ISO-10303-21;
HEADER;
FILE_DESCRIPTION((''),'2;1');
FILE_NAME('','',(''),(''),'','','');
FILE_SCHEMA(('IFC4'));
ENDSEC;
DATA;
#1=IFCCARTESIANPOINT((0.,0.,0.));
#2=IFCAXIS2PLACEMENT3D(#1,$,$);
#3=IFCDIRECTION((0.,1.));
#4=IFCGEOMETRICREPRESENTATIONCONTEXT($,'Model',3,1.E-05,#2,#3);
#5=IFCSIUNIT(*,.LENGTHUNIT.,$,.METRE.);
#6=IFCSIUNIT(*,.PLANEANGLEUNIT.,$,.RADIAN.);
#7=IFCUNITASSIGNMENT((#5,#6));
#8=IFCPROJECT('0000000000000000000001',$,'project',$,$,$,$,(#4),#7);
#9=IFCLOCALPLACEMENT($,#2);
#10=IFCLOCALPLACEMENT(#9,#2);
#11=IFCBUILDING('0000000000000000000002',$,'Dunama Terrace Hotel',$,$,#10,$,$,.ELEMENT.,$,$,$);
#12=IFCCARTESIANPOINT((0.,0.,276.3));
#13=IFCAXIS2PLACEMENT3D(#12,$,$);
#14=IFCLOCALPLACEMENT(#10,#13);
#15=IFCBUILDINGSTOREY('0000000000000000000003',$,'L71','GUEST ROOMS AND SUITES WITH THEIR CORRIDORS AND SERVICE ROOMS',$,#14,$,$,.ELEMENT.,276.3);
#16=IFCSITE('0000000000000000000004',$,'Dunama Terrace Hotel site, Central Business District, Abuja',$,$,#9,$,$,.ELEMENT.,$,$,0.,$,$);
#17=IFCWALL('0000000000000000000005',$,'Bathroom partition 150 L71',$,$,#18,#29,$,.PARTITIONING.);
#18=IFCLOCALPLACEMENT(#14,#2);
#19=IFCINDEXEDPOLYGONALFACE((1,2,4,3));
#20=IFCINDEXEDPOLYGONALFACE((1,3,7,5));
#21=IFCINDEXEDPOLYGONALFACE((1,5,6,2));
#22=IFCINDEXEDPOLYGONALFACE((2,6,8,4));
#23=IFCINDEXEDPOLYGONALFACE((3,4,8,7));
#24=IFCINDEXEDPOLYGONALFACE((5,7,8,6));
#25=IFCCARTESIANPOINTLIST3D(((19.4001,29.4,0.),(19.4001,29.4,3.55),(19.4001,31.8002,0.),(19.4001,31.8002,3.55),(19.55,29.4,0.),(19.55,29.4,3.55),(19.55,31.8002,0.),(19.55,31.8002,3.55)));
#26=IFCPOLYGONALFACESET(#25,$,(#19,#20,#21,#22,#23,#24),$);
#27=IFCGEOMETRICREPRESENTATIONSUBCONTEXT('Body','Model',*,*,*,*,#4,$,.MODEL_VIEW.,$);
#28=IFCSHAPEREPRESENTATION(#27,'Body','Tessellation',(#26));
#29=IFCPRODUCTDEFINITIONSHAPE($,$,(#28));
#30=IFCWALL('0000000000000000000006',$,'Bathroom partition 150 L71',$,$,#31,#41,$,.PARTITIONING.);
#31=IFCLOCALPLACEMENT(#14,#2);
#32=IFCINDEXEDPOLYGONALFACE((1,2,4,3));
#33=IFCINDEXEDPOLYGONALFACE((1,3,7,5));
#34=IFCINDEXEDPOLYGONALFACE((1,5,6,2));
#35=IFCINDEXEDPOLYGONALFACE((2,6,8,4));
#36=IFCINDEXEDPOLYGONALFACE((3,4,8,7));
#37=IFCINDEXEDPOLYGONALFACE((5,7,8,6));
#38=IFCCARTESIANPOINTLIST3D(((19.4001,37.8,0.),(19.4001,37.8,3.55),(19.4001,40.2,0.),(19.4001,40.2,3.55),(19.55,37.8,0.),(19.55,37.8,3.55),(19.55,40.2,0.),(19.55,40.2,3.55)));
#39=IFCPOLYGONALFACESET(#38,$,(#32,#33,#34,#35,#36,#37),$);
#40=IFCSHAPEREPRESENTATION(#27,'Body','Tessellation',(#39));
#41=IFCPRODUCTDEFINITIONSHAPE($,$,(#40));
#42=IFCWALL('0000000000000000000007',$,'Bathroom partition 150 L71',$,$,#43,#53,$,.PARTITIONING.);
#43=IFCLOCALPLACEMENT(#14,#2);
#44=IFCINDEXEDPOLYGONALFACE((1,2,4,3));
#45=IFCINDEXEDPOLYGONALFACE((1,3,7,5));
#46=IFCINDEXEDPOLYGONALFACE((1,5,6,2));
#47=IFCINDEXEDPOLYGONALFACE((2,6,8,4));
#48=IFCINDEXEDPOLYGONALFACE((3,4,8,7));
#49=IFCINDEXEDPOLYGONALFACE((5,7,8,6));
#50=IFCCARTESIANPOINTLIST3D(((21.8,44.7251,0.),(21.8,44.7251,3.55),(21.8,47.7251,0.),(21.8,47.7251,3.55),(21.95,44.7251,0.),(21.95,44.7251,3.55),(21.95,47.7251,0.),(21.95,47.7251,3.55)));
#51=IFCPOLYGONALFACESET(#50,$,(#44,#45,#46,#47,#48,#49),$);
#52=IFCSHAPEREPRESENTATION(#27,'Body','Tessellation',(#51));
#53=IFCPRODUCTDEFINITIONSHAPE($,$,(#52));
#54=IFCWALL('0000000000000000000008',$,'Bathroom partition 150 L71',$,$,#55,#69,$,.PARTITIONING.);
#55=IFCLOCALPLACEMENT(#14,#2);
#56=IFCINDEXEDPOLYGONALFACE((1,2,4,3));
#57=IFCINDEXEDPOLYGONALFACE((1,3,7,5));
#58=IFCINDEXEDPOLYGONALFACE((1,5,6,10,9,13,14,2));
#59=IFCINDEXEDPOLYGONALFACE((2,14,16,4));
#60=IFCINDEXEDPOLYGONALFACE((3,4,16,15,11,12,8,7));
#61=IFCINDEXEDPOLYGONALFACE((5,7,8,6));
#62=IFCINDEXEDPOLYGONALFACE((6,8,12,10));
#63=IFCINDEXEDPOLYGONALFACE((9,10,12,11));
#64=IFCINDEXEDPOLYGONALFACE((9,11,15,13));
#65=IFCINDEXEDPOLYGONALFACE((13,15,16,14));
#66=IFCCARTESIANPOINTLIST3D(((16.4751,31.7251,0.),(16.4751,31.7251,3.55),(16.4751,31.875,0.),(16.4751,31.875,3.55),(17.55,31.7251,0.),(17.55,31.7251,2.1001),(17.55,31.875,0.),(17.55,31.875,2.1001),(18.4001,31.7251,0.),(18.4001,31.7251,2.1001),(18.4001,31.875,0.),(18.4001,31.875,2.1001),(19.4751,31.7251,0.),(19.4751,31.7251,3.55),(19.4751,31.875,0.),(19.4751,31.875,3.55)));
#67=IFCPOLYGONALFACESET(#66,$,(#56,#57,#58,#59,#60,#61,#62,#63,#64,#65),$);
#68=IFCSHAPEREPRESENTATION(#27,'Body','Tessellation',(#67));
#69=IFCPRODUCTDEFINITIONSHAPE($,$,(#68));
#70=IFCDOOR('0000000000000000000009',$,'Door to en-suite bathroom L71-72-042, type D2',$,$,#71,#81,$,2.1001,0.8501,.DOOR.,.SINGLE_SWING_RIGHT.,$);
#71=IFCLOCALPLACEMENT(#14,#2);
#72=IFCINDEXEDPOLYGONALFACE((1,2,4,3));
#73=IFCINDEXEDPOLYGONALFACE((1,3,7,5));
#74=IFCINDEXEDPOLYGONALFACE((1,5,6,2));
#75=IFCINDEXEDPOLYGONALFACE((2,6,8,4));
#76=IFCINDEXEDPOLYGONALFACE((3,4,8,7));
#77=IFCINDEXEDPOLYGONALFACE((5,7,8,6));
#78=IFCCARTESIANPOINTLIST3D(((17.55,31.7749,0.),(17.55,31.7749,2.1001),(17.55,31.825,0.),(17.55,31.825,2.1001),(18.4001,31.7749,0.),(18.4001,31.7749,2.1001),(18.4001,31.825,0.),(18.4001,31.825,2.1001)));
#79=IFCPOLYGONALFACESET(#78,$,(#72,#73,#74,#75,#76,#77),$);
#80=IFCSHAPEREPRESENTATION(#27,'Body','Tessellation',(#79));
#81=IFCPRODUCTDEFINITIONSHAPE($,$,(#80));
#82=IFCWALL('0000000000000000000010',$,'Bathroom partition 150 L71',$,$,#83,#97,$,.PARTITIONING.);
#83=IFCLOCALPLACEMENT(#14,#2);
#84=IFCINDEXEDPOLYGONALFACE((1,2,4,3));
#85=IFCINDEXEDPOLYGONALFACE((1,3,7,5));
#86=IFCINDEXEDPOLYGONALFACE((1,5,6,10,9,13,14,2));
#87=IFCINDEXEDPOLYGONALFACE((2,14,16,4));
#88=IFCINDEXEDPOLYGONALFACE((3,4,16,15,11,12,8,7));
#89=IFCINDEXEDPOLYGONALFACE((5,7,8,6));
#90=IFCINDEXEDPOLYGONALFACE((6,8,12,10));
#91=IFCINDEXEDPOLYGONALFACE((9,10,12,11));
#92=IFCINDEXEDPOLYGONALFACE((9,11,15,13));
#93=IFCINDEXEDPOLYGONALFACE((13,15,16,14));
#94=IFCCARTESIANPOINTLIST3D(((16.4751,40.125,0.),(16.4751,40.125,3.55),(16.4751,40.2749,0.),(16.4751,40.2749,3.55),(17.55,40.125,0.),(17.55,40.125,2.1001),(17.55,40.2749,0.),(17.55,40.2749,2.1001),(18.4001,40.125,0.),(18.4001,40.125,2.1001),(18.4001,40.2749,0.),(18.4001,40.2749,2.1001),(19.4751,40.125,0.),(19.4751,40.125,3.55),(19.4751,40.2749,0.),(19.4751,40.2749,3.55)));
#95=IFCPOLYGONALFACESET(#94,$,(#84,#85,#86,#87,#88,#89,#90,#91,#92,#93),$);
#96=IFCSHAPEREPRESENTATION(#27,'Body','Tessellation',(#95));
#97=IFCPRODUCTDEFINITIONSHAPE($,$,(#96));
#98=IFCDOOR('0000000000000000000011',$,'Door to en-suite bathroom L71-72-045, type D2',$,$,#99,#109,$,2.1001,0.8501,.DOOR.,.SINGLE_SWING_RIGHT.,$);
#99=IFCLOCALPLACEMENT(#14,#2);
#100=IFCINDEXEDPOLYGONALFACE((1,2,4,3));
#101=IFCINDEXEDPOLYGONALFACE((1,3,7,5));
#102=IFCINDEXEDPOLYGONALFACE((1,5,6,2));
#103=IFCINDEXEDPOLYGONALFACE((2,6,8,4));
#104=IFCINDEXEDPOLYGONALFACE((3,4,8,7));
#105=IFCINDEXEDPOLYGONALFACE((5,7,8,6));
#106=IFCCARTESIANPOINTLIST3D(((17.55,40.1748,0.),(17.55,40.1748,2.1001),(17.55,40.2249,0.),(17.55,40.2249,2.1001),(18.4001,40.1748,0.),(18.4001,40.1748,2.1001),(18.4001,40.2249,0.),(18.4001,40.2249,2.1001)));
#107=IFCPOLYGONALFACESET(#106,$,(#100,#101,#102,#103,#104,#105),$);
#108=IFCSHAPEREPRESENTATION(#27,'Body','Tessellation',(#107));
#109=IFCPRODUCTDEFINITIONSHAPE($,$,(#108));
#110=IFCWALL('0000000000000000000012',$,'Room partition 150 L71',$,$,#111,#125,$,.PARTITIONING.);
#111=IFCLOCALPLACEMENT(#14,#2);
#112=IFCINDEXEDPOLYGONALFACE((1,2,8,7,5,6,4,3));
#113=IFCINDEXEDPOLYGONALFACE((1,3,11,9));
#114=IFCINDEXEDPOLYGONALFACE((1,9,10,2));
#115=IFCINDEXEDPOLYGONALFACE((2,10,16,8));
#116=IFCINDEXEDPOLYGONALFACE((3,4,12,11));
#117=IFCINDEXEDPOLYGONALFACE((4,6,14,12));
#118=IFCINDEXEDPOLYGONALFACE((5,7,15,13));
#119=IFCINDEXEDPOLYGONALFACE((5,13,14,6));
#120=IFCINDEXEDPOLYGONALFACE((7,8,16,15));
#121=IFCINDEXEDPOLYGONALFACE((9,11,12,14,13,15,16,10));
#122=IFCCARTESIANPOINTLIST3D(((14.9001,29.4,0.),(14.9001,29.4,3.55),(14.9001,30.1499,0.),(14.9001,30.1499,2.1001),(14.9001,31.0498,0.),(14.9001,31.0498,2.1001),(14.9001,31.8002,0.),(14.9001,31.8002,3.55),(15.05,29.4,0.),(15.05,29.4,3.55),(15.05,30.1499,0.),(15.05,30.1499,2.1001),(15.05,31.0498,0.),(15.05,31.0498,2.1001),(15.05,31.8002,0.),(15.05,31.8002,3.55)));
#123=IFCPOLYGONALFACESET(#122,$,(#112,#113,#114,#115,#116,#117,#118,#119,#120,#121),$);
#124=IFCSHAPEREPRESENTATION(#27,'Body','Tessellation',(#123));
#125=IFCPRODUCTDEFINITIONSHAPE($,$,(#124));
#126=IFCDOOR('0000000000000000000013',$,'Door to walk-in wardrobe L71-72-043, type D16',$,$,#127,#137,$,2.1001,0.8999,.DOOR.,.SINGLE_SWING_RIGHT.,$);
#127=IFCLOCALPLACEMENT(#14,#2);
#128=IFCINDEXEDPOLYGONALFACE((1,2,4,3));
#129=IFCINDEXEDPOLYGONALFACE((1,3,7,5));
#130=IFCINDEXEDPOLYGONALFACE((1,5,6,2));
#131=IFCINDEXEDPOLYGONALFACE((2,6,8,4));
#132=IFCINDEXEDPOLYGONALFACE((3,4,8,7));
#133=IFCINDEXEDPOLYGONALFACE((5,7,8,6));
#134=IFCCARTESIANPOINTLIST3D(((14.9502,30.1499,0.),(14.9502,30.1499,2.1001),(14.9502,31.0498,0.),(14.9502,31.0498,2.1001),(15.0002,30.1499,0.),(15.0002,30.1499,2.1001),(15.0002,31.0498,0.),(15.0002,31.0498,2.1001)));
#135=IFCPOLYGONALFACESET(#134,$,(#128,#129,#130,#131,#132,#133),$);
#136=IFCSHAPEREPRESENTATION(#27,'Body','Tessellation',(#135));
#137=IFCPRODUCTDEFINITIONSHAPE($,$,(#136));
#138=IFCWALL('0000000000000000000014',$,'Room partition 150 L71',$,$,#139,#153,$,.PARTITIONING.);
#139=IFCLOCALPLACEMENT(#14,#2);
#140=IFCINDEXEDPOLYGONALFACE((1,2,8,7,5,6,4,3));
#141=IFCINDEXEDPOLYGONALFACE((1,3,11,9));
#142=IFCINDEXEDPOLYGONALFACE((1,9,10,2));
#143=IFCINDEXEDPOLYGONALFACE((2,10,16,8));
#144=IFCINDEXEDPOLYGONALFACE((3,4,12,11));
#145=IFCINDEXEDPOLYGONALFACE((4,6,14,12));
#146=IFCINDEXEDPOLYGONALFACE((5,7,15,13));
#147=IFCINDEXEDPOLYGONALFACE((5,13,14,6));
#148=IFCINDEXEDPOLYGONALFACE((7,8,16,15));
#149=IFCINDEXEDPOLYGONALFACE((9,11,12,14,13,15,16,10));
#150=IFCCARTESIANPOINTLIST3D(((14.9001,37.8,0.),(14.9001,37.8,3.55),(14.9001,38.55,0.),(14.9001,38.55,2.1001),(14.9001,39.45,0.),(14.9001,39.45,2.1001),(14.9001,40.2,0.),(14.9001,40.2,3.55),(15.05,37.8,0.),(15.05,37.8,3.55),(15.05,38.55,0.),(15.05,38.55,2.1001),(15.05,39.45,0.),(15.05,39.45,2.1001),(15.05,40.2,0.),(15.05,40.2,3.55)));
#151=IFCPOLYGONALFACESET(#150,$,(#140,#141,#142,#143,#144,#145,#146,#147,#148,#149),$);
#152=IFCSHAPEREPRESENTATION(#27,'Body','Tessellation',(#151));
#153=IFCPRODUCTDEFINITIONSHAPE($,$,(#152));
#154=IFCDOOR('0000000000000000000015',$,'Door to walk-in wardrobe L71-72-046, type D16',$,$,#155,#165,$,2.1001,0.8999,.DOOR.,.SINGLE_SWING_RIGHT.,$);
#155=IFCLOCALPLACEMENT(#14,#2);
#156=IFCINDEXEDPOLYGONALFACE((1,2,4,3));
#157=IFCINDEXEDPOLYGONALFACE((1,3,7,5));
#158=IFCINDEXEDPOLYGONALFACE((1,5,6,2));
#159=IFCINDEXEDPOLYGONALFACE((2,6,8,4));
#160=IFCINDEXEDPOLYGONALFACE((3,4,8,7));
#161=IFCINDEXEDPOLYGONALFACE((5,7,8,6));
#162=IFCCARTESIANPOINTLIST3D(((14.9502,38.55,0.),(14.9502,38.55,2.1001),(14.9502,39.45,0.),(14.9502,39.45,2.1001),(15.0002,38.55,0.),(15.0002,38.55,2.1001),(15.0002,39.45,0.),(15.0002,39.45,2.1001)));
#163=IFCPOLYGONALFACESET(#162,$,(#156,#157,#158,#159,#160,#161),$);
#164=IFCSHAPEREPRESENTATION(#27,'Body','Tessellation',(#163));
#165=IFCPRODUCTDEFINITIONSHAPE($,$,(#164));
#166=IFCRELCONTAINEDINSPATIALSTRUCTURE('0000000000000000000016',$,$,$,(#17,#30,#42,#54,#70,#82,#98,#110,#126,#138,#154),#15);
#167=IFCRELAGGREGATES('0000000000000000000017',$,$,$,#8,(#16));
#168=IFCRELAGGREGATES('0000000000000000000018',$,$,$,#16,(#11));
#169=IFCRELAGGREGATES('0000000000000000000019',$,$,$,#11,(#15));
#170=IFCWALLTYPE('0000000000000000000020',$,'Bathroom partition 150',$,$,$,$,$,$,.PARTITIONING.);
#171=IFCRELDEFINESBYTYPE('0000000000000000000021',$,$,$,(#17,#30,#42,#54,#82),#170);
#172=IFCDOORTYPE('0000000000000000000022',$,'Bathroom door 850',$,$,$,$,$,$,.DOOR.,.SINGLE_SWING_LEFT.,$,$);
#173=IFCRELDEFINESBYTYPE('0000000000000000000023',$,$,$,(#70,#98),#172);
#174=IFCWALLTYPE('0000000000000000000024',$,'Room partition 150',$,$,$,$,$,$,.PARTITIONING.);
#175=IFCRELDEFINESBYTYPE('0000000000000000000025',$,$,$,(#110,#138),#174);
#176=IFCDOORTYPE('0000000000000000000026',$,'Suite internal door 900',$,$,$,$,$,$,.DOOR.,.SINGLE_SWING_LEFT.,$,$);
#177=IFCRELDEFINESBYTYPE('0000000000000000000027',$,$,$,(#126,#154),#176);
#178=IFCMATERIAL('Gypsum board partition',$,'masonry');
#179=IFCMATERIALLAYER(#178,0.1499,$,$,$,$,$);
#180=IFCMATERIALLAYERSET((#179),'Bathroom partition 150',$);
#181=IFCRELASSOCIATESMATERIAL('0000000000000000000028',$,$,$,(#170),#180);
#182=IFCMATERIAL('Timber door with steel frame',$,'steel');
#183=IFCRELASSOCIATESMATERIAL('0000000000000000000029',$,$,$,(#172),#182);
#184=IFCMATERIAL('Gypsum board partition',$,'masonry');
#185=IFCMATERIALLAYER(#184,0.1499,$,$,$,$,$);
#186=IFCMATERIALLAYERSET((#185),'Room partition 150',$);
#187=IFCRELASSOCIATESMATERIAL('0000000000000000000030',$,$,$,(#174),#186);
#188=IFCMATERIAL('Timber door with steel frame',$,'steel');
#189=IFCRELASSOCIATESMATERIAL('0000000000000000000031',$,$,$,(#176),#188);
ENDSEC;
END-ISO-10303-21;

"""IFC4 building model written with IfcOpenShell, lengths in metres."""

from ifc_helpers import new_model, si_unit, direction, frame, frame_2d, origin, place, context, subcontext, project, spatial, rectangle, extrude, material, layer, layer_set, type_object, element, fill, save


model = new_model("IFC4")

# Units and contexts
model_context = context("Model", 3, precision=1e-05, world=origin(), true_north=direction((0.0, 1.0)))
body_context = subcontext(model_context, "Body", "Model", "MODEL_VIEW")
ifc_project = project(units=[si_unit("LENGTHUNIT", "METRE"), si_unit("PLANEANGLEUNIT", "RADIAN")], contexts=[model_context])

# Site, building, storey
site_placement = place(None, origin())
site = spatial("IfcSite", under=ifc_project, at=site_placement, Name="Dunama Terrace Hotel site, Central Business District, Abuja", CompositionType="ELEMENT", RefElevation=0.0)
building_placement = place(site_placement, origin())
building = spatial("IfcBuilding", under=site, at=building_placement, Name="Dunama Terrace Hotel", CompositionType="ELEMENT")
storey_placement = place(building_placement, frame((0.0, 0.0, 276.3)))
storey = spatial("IfcBuildingStorey", under=building, at=storey_placement, Name="L71", Description="GUEST ROOMS AND SUITES WITH THEIR CORRIDORS AND SERVICE ROOMS", CompositionType="ELEMENT", Elevation=276.3)

# Walls
ifc_material_1 = material(Name="Gypsum board partition", Category="masonry")
ifc_layer_1 = layer(ifc_material_1, 0.1499)
ifc_layer_set_1 = layer_set([ifc_layer_1], Name="Bathroom partition 150")
wall_type_1 = type_object("IfcWallType", Name="Bathroom partition 150", PredefinedType="PARTITIONING", material=ifc_layer_set_1)
wall_1_placement = place(storey_placement, frame((19.4751, 29.3999, 0.0), z_axis=(0.0, 0.0, 1.0), x_axis=(0.0, 1.0, 0.0)))
element("IfcWall", 1, at=wall_1_placement, inside=storey, type_object=wall_type_1, Name="Bathroom partition 150 L71", PredefinedType="PARTITIONING", context=body_context, shape_type="SweptSolid", body=[
    extrude(rectangle(XDim=2.4001, YDim=0.1499, at=frame_2d((1.2002, 0.0))), origin(), (0.0, 0.0, 1.0), 3.55),
])
wall_2_placement = place(storey_placement, frame((19.4751, 37.8, 0.0), z_axis=(0.0, 0.0, 1.0), x_axis=(0.0, 1.0, 0.0)))
element("IfcWall", 2, at=wall_2_placement, inside=storey, type_object=wall_type_1, Name="Bathroom partition 150 L71", PredefinedType="PARTITIONING", context=body_context, shape_type="SweptSolid", body=[
    extrude(rectangle(XDim=2.3999, YDim=0.1499, at=frame_2d((1.2, 0.0))), origin(), (0.0, 0.0, 1.0), 3.55),
])
wall_3_placement = place(storey_placement, frame((21.875, 44.7251, 0.0), z_axis=(0.0, 0.0, 1.0), x_axis=(0.0, 1.0, 0.0)))
element("IfcWall", 3, at=wall_3_placement, inside=storey, type_object=wall_type_1, Name="Bathroom partition 150 L71", PredefinedType="PARTITIONING", context=body_context, shape_type="SweptSolid", body=[
    extrude(rectangle(XDim=3.0, YDim=0.1499, at=frame_2d((1.5, 0.0))), origin(), (0.0, 0.0, 1.0), 3.55),
])

# Walls, openings, doors
wall_4_placement = place(storey_placement, frame((16.4751, 31.8, 0.0), z_axis=(0.0, 0.0, 1.0), x_axis=(1.0, 0.0, 0.0)))
wall_4 = element("IfcWall", 4, at=wall_4_placement, inside=storey, type_object=wall_type_1, Name="Bathroom partition 150 L71", PredefinedType="PARTITIONING", context=body_context, shape_type="SweptSolid", body=[
    extrude(rectangle(XDim=3.0, YDim=0.1499, at=frame_2d((1.5, 0.0))), origin(), (0.0, 0.0, 1.0), 3.55),
])
opening_1_placement = place(wall_4_placement, frame((1.075, 0.0, 0.0)))
opening_1 = element("IfcOpeningElement", 5, at=opening_1_placement, cuts=wall_4, PredefinedType="OPENING", context=body_context, shape_type="SweptSolid", body=[
    extrude(rectangle(XDim=0.8501, YDim=2.1001, at=frame_2d((0.425, 1.05))), frame((0.0, 0.085, 0.0), z_axis=(0.0, -1.0, 0.0), x_axis=(1.0, 0.0, 0.0)), (0.0, 0.0, 1.0), 0.1699),
])
ifc_material_2 = material(Name="Timber door with steel frame", Category="steel")
door_type_1 = type_object("IfcDoorType", Name="Bathroom door 850", OperationType="SINGLE_SWING_LEFT", PredefinedType="DOOR", material=ifc_material_2)
door_1_placement = place(opening_1_placement, frame((0.8501, 0.0, 0.0), z_axis=(0.0, 0.0, 1.0), x_axis=(-1.0, 0.0, 0.0)))
door_1 = element("IfcDoor", 6, at=door_1_placement, inside=storey, type_object=door_type_1, Name="Door to en-suite bathroom L71-72-042, type D2", OperationType="SINGLE_SWING_RIGHT", OverallHeight=2.1001, OverallWidth=0.8501, PredefinedType="DOOR", context=body_context, shape_type="SweptSolid", body=[
    extrude(rectangle(XDim=0.8501, YDim=2.1001, at=frame_2d((0.425, 1.05))), frame((0.0, 0.0251, 0.0), z_axis=(0.0, -1.0, 0.0), x_axis=(1.0, 0.0, 0.0)), (0.0, 0.0, 1.0), 0.05),
])
fill(opening_1, door_1)
wall_5_placement = place(storey_placement, frame((16.4751, 40.2, 0.0), z_axis=(0.0, 0.0, 1.0), x_axis=(1.0, 0.0, 0.0)))
wall_5 = element("IfcWall", 7, at=wall_5_placement, inside=storey, type_object=wall_type_1, Name="Bathroom partition 150 L71", PredefinedType="PARTITIONING", context=body_context, shape_type="SweptSolid", body=[
    extrude(rectangle(XDim=3.0, YDim=0.1499, at=frame_2d((1.5, 0.0))), origin(), (0.0, 0.0, 1.0), 3.55),
])
opening_2_placement = place(wall_5_placement, frame((1.075, 0.0, 0.0)))
opening_2 = element("IfcOpeningElement", 8, at=opening_2_placement, cuts=wall_5, PredefinedType="OPENING", context=body_context, shape_type="SweptSolid", body=[
    extrude(rectangle(XDim=0.8501, YDim=2.1001, at=frame_2d((0.425, 1.05))), frame((0.0, 0.085, 0.0), z_axis=(0.0, -1.0, 0.0), x_axis=(1.0, 0.0, 0.0)), (0.0, 0.0, 1.0), 0.1699),
])
door_2_placement = place(opening_2_placement, frame((0.8501, 0.0, 0.0), z_axis=(0.0, 0.0, 1.0), x_axis=(-1.0, 0.0, 0.0)))
door_2 = element("IfcDoor", 9, at=door_2_placement, inside=storey, type_object=door_type_1, Name="Door to en-suite bathroom L71-72-045, type D2", OperationType="SINGLE_SWING_RIGHT", OverallHeight=2.1001, OverallWidth=0.8501, PredefinedType="DOOR", context=body_context, shape_type="SweptSolid", body=[
    extrude(rectangle(XDim=0.8501, YDim=2.1001, at=frame_2d((0.425, 1.05))), frame((0.0, 0.0251, 0.0), z_axis=(0.0, -1.0, 0.0), x_axis=(1.0, 0.0, 0.0)), (0.0, 0.0, 1.0), 0.05),
])
fill(opening_2, door_2)
ifc_material_3 = material(Name="Gypsum board partition", Category="masonry")
ifc_layer_2 = layer(ifc_material_3, 0.1499)
ifc_layer_set_2 = layer_set([ifc_layer_2], Name="Room partition 150")
wall_type_2 = type_object("IfcWallType", Name="Room partition 150", PredefinedType="PARTITIONING", material=ifc_layer_set_2)
wall_6_placement = place(storey_placement, frame((14.9751, 29.3999, 0.0), z_axis=(0.0, 0.0, 1.0), x_axis=(0.0, 1.0, 0.0)))
wall_6 = element("IfcWall", 10, at=wall_6_placement, inside=storey, type_object=wall_type_2, Name="Room partition 150 L71", PredefinedType="PARTITIONING", context=body_context, shape_type="SweptSolid", body=[
    extrude(rectangle(XDim=2.4001, YDim=0.1499, at=frame_2d((1.2002, 0.0))), origin(), (0.0, 0.0, 1.0), 3.55),
])
opening_3_placement = place(wall_6_placement, frame((0.75, 0.0, 0.0)))
opening_3 = element("IfcOpeningElement", 11, at=opening_3_placement, cuts=wall_6, PredefinedType="OPENING", context=body_context, shape_type="SweptSolid", body=[
    extrude(rectangle(XDim=0.8999, YDim=2.1001, at=frame_2d((0.45, 1.05))), frame((0.0, 0.085, 0.0), z_axis=(0.0, -1.0, 0.0), x_axis=(1.0, 0.0, 0.0)), (0.0, 0.0, 1.0), 0.1699),
])
ifc_material_4 = material(Name="Timber door with steel frame", Category="steel")
door_type_2 = type_object("IfcDoorType", Name="Suite internal door 900", OperationType="SINGLE_SWING_LEFT", PredefinedType="DOOR", material=ifc_material_4)
door_3_placement = place(opening_3_placement, frame((0.8999, 0.0, 0.0), z_axis=(0.0, 0.0, 1.0), x_axis=(-1.0, 0.0, 0.0)))
door_3 = element("IfcDoor", 12, at=door_3_placement, inside=storey, type_object=door_type_2, Name="Door to walk-in wardrobe L71-72-043, type D16", OperationType="SINGLE_SWING_RIGHT", OverallHeight=2.1001, OverallWidth=0.8999, PredefinedType="DOOR", context=body_context, shape_type="SweptSolid", body=[
    extrude(rectangle(XDim=0.8999, YDim=2.1001, at=frame_2d((0.45, 1.05))), frame((0.0, 0.0251, 0.0), z_axis=(0.0, -1.0, 0.0), x_axis=(1.0, 0.0, 0.0)), (0.0, 0.0, 1.0), 0.05),
])
fill(opening_3, door_3)
wall_7_placement = place(storey_placement, frame((14.9751, 37.8, 0.0), z_axis=(0.0, 0.0, 1.0), x_axis=(0.0, 1.0, 0.0)))
wall_7 = element("IfcWall", 13, at=wall_7_placement, inside=storey, type_object=wall_type_2, Name="Room partition 150 L71", PredefinedType="PARTITIONING", context=body_context, shape_type="SweptSolid", body=[
    extrude(rectangle(XDim=2.3999, YDim=0.1499, at=frame_2d((1.2, 0.0))), origin(), (0.0, 0.0, 1.0), 3.55),
])
opening_4_placement = place(wall_7_placement, frame((0.75, 0.0, 0.0)))
opening_4 = element("IfcOpeningElement", 14, at=opening_4_placement, cuts=wall_7, PredefinedType="OPENING", context=body_context, shape_type="SweptSolid", body=[
    extrude(rectangle(XDim=0.8999, YDim=2.1001, at=frame_2d((0.45, 1.05))), frame((0.0, 0.085, 0.0), z_axis=(0.0, -1.0, 0.0), x_axis=(1.0, 0.0, 0.0)), (0.0, 0.0, 1.0), 0.1699),
])
door_4_placement = place(opening_4_placement, frame((0.8999, 0.0, 0.0), z_axis=(0.0, 0.0, 1.0), x_axis=(-1.0, 0.0, 0.0)))
door_4 = element("IfcDoor", 15, at=door_4_placement, inside=storey, type_object=door_type_2, Name="Door to walk-in wardrobe L71-72-046, type D16", OperationType="SINGLE_SWING_RIGHT", OverallHeight=2.1001, OverallWidth=0.8999, PredefinedType="DOOR", context=body_context, shape_type="SweptSolid", body=[
    extrude(rectangle(XDim=0.8999, YDim=2.1001, at=frame_2d((0.45, 1.05))), frame((0.0, 0.0251, 0.0), z_axis=(0.0, -1.0, 0.0), x_axis=(1.0, 0.0, 0.0)), (0.0, 0.0, 1.0), 0.05),
])
fill(opening_4, door_4)

save(model, "model.ifc")
